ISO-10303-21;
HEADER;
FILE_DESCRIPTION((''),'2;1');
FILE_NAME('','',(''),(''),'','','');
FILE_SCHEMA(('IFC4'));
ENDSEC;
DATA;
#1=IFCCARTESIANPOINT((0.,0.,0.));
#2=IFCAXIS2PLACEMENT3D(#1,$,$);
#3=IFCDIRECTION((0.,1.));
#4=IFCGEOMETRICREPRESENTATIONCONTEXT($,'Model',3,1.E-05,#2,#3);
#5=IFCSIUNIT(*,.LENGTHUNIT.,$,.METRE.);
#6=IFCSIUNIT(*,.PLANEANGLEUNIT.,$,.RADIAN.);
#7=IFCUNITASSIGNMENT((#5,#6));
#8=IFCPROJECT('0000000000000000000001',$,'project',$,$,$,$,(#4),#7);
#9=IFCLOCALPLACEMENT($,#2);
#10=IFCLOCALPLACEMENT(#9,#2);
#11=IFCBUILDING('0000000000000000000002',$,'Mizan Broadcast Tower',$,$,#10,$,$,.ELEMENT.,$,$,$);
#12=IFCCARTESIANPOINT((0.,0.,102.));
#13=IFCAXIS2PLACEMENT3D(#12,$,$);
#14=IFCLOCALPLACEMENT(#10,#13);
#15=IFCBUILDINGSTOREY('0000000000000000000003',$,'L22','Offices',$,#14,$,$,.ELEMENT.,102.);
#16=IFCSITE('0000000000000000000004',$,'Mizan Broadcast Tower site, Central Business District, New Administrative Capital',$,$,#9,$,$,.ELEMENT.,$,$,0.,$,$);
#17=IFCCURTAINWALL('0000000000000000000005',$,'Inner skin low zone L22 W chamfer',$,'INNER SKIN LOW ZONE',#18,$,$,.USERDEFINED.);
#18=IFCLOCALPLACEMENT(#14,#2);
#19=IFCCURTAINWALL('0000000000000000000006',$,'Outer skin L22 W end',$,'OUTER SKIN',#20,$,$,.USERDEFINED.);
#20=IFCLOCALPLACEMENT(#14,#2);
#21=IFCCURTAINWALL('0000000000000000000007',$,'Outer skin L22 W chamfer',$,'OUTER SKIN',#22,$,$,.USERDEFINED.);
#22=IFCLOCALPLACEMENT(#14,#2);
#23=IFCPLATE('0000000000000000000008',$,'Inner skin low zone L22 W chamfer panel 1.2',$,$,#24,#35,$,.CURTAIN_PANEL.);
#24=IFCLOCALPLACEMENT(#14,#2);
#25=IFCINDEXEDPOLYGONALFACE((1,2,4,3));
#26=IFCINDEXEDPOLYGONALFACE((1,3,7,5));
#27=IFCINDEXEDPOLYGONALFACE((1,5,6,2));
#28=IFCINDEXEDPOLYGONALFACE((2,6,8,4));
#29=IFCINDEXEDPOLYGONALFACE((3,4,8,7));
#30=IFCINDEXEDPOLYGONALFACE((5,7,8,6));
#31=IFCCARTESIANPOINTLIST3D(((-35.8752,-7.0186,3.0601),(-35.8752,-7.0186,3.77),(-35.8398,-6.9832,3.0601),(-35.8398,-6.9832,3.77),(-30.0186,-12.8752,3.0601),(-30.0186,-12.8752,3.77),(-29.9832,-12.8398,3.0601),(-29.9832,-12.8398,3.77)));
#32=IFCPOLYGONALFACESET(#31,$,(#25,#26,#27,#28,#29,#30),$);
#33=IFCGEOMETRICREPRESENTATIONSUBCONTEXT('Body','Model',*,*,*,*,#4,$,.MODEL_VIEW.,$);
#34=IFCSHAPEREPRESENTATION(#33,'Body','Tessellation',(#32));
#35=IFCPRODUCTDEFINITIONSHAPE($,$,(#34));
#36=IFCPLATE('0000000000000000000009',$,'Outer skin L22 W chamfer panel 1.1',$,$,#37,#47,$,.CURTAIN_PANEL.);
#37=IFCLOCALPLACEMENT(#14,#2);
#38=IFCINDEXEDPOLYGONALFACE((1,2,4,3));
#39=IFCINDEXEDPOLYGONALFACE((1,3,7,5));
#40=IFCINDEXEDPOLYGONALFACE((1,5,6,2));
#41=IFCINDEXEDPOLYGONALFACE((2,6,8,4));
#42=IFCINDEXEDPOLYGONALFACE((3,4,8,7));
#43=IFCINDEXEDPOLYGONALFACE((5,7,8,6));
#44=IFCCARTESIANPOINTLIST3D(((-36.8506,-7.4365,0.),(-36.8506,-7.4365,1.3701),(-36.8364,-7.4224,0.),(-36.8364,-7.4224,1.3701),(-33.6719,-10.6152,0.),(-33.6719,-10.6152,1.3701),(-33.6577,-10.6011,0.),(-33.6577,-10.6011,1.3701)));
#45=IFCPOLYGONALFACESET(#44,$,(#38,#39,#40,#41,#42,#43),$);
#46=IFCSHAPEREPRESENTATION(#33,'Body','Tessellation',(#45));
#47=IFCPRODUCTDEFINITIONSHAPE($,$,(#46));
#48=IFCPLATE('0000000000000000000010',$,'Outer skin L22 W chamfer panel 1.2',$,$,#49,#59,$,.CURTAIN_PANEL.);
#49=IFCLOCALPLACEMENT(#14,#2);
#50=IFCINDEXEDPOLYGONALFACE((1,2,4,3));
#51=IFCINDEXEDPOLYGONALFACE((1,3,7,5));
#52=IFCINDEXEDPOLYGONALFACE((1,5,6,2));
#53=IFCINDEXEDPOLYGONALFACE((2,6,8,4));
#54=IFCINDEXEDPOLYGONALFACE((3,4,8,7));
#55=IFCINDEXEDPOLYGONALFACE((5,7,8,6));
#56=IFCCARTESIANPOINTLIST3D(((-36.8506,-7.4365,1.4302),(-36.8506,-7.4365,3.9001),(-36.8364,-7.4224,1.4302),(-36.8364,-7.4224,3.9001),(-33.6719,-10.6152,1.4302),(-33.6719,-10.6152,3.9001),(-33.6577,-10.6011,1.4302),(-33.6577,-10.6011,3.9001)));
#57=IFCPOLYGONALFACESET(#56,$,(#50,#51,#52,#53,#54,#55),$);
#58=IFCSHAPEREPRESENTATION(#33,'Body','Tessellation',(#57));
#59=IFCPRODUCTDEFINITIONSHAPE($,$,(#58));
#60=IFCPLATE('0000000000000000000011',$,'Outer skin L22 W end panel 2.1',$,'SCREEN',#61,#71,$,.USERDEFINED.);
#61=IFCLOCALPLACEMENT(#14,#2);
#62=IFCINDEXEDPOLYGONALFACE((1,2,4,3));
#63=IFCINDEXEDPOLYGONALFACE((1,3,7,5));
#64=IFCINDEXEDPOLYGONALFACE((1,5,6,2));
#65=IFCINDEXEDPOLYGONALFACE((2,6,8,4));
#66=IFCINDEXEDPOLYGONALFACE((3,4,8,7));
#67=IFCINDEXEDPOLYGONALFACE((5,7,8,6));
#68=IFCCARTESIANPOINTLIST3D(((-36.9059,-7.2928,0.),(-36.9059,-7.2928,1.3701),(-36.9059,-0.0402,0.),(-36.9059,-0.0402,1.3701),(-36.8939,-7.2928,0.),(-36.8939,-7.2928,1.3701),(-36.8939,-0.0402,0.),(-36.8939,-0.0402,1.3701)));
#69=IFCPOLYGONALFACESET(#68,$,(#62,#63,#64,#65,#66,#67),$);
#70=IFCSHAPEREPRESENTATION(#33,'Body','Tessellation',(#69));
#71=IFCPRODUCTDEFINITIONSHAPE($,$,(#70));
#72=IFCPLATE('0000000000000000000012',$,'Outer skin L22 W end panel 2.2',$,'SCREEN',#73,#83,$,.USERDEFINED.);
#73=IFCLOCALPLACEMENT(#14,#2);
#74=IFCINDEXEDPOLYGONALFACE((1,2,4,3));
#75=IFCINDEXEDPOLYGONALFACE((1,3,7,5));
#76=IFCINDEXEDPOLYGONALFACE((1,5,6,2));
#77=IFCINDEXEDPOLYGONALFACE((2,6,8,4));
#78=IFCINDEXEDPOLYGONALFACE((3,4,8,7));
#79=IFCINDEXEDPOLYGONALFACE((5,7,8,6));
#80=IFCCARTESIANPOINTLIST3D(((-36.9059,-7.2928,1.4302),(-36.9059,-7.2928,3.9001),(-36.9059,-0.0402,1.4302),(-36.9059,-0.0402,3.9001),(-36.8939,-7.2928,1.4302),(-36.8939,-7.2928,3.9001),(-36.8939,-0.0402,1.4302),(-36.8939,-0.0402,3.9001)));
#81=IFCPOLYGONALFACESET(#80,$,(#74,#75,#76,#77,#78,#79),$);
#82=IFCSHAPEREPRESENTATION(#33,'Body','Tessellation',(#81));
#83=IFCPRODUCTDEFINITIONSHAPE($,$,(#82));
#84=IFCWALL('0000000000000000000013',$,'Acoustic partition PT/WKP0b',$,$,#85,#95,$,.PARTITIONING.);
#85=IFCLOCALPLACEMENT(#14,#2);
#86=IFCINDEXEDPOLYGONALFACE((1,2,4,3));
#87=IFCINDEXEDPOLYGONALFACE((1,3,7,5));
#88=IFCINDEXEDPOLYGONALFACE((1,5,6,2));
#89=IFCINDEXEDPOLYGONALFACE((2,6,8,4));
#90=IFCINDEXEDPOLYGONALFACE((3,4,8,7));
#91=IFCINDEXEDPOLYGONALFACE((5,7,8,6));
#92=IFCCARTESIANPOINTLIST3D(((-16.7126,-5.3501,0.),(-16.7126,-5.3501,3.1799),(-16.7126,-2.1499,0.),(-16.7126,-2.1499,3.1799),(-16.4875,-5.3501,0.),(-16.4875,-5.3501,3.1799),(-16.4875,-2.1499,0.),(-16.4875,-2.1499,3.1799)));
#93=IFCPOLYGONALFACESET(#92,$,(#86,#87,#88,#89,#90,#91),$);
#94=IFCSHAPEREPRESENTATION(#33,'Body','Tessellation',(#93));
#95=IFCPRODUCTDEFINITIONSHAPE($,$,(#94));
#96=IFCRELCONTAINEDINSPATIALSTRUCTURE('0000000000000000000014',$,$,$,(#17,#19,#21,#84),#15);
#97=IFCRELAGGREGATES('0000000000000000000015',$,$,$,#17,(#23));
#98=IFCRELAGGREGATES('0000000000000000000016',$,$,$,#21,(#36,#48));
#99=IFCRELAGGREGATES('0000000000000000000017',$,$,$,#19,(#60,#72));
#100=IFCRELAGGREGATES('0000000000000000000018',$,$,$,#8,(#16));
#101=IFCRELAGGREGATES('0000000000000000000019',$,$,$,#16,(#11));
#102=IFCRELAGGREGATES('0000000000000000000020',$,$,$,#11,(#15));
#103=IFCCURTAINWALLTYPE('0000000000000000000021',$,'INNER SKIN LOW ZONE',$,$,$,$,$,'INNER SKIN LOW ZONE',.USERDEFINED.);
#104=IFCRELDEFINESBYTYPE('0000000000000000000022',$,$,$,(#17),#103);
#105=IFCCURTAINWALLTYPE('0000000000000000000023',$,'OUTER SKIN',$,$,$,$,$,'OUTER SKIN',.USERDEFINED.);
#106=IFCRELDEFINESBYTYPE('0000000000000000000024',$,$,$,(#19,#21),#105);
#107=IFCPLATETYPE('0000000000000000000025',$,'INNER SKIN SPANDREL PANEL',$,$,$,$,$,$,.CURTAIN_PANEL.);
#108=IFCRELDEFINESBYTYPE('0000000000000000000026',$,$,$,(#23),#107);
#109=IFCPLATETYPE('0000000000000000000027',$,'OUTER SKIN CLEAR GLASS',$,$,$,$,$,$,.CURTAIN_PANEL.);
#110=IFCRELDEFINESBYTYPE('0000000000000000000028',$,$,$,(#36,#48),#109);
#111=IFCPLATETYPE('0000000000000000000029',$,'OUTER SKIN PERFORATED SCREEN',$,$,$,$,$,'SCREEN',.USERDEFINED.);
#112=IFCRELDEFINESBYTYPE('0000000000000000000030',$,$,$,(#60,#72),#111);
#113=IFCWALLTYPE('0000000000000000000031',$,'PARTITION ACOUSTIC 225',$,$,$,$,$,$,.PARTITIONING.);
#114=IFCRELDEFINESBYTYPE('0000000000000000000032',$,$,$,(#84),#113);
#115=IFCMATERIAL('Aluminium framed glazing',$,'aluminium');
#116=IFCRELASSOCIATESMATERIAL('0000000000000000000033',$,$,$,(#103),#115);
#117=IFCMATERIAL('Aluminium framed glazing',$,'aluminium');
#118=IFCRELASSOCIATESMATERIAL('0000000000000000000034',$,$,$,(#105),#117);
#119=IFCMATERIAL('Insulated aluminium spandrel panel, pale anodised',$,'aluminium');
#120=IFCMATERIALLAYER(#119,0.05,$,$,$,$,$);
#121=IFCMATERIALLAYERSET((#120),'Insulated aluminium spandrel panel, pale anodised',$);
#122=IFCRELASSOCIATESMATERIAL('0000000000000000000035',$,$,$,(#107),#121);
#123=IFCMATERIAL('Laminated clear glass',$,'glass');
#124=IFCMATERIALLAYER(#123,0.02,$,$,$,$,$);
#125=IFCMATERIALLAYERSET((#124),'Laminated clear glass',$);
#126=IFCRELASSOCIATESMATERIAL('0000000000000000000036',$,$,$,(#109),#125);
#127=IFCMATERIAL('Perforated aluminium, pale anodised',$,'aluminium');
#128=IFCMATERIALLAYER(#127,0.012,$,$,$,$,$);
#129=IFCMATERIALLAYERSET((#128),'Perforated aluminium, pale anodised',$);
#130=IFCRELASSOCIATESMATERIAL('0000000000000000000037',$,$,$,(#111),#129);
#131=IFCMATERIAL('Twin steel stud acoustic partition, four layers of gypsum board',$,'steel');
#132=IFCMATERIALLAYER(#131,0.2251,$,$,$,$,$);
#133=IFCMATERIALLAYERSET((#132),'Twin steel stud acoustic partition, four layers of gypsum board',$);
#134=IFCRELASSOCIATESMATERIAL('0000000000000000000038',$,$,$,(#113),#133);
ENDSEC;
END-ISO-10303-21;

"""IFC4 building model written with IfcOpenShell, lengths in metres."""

from ifc_helpers import new_model, si_unit, direction, frame, frame_2d, origin, origin_2d, place, context, subcontext, project, spatial, rectangle, extrude, material, layer, layer_set, type_object, element, aggregate, save


model = new_model("IFC4")

# Units and contexts
model_context = context("Model", 3, precision=1e-05, world=origin(), true_north=direction((0.0, 1.0)))
body_context = subcontext(model_context, "Body", "Model", "MODEL_VIEW")
ifc_project = project(units=[si_unit("LENGTHUNIT", "METRE"), si_unit("PLANEANGLEUNIT", "RADIAN")], contexts=[model_context])

# Site, building, storey
site_placement = place(None, origin())
site = spatial("IfcSite", under=ifc_project, at=site_placement, Name="Mizan Broadcast Tower site, Central Business District, New Administrative Capital", CompositionType="ELEMENT", RefElevation=0.0)
building_placement = place(site_placement, origin())
building = spatial("IfcBuilding", under=site, at=building_placement, Name="Mizan Broadcast Tower", CompositionType="ELEMENT")
storey_placement = place(building_placement, frame((0.0, 0.0, 102.0)))
storey = spatial("IfcBuildingStorey", under=building, at=storey_placement, Name="L22", Description="Offices", CompositionType="ELEMENT", Elevation=102.0)

# Shared definitions
ifc_material_1 = material(Name="Aluminium framed glazing", Category="aluminium")
curtain_wall_type_1 = type_object("IfcCurtainWallType", Name="INNER SKIN LOW ZONE", ElementType="INNER SKIN LOW ZONE", PredefinedType="USERDEFINED", material=ifc_material_1)

# Curtain wall
curtain_wall_1_placement = place(storey_placement, origin())
curtain_wall_1 = element("IfcCurtainWall", 1, at=curtain_wall_1_placement, inside=storey, type_object=curtain_wall_type_1, Name="Inner skin low zone L22 W chamfer", ObjectType="INNER SKIN LOW ZONE", PredefinedType="USERDEFINED")

# Curtain wall
ifc_material_2 = material(Name="Aluminium framed glazing", Category="aluminium")
curtain_wall_type_2 = type_object("IfcCurtainWallType", Name="OUTER SKIN", ElementType="OUTER SKIN", PredefinedType="USERDEFINED", material=ifc_material_2)
curtain_wall_2_placement = place(storey_placement, origin())
curtain_wall_2 = element("IfcCurtainWall", 2, at=curtain_wall_2_placement, inside=storey, type_object=curtain_wall_type_2, Name="Outer skin L22 W end", ObjectType="OUTER SKIN", PredefinedType="USERDEFINED")

# Curtain wall
curtain_wall_3_placement = place(storey_placement, origin())
curtain_wall_3 = element("IfcCurtainWall", 3, at=curtain_wall_3_placement, inside=storey, type_object=curtain_wall_type_2, Name="Outer skin L22 W chamfer", ObjectType="OUTER SKIN", PredefinedType="USERDEFINED")

# Plates
ifc_material_3 = material(Name="Insulated aluminium spandrel panel, pale anodised", Category="aluminium")
ifc_layer_1 = layer(ifc_material_3, 0.05)
ifc_layer_set_1 = layer_set([ifc_layer_1], Name="Insulated aluminium spandrel panel, pale anodised")
plate_type_1 = type_object("IfcPlateType", Name="INNER SKIN SPANDREL PANEL", PredefinedType="CURTAIN_PANEL", material=ifc_layer_set_1)
plate_1_placement = place(storey_placement, frame((-32.9292, -9.9292, 3.0601), z_axis=(0.0, 0.0, 1.0), x_axis=(0.707107, -0.707107, 0.0)))
plate_1 = element("IfcPlate", 4, at=plate_1_placement, type_object=plate_type_1, Name="Inner skin low zone L22 W chamfer panel 1.2", PredefinedType="CURTAIN_PANEL", context=body_context, shape_type="SweptSolid", body=[
    extrude(rectangle(XDim=8.2825, YDim=0.05, at=origin_2d()), origin(), (0.0, 0.0, 1.0), 0.71),
])
aggregate(curtain_wall_1, [plate_1])
ifc_material_4 = material(Name="Laminated clear glass", Category="glass")
ifc_layer_2 = layer(ifc_material_4, 0.02)
ifc_layer_set_2 = layer_set([ifc_layer_2], Name="Laminated clear glass")
plate_type_2 = type_object("IfcPlateType", Name="OUTER SKIN CLEAR GLASS", PredefinedType="CURTAIN_PANEL", material=ifc_layer_set_2)
plate_2_placement = place(storey_placement, frame((-35.2542, -9.0188, 0.0), z_axis=(0.0, 0.0, 1.0), x_axis=(0.707107, -0.707107, 0.0)))
plate_2 = element("IfcPlate", 5, at=plate_2_placement, type_object=plate_type_2, Name="Outer skin L22 W chamfer panel 1.1", PredefinedType="CURTAIN_PANEL", context=body_context, shape_type="SweptSolid", body=[
    extrude(rectangle(XDim=4.4954, YDim=0.02, at=origin_2d()), origin(), (0.0, 0.0, 1.0), 1.3701),
])
plate_3_placement = place(storey_placement, frame((-35.2542, -9.0188, 1.4302), z_axis=(0.0, 0.0, 1.0), x_axis=(0.707107, -0.707107, 0.0)))
plate_3 = element("IfcPlate", 6, at=plate_3_placement, type_object=plate_type_2, Name="Outer skin L22 W chamfer panel 1.2", PredefinedType="CURTAIN_PANEL", context=body_context, shape_type="SweptSolid", body=[
    extrude(rectangle(XDim=4.4954, YDim=0.02, at=origin_2d()), origin(), (0.0, 0.0, 1.0), 2.47),
])
aggregate(curtain_wall_3, [plate_2, plate_3])
ifc_material_5 = material(Name="Perforated aluminium, pale anodised", Category="aluminium")
ifc_layer_3 = layer(ifc_material_5, 0.012)
ifc_layer_set_3 = layer_set([ifc_layer_3], Name="Perforated aluminium, pale anodised")
plate_type_3 = type_object("IfcPlateType", Name="OUTER SKIN PERFORATED SCREEN", ElementType="SCREEN", PredefinedType="USERDEFINED", material=ifc_layer_set_3)
plate_4_placement = place(storey_placement, frame((-36.8999, -3.6665, 0.0), z_axis=(0.0, 0.0, 1.0), x_axis=(0.0, -1.0, 0.0)))
plate_4 = element("IfcPlate", 7, at=plate_4_placement, type_object=plate_type_3, Name="Outer skin L22 W end panel 2.1", ObjectType="SCREEN", PredefinedType="USERDEFINED", context=body_context, shape_type="SweptSolid", body=[
    extrude(rectangle(XDim=7.2527, YDim=0.012, at=origin_2d()), origin(), (0.0, 0.0, 1.0), 1.3701),
])
plate_5_placement = place(storey_placement, frame((-36.8999, -3.6665, 1.4302), z_axis=(0.0, 0.0, 1.0), x_axis=(0.0, -1.0, 0.0)))
plate_5 = element("IfcPlate", 8, at=plate_5_placement, type_object=plate_type_3, Name="Outer skin L22 W end panel 2.2", ObjectType="SCREEN", PredefinedType="USERDEFINED", context=body_context, shape_type="SweptSolid", body=[
    extrude(rectangle(XDim=7.2527, YDim=0.012, at=origin_2d()), origin(), (0.0, 0.0, 1.0), 2.47),
])
aggregate(curtain_wall_2, [plate_4, plate_5])

# Wall
ifc_material_6 = material(Name="Twin steel stud acoustic partition, four layers of gypsum board", Category="steel")
ifc_layer_4 = layer(ifc_material_6, 0.2251)
ifc_layer_set_4 = layer_set([ifc_layer_4], Name="Twin steel stud acoustic partition, four layers of gypsum board")
wall_type = type_object("IfcWallType", Name="PARTITION ACOUSTIC 225", PredefinedType="PARTITIONING", material=ifc_layer_set_4)
wall_placement = place(storey_placement, frame((-16.6001, -2.1499, 0.0), z_axis=(0.0, 0.0, 1.0), x_axis=(0.0, -1.0, 0.0)))
element("IfcWall", 9, at=wall_placement, inside=storey, type_object=wall_type, Name="Acoustic partition PT/WKP0b", PredefinedType="PARTITIONING", context=body_context, shape_type="SweptSolid", body=[
    extrude(rectangle(XDim=3.2002, YDim=0.2251, at=frame_2d((1.6001, 0.0))), origin(), (0.0, 0.0, 1.0), 3.1799),
])

save(model, "model.ifc")
